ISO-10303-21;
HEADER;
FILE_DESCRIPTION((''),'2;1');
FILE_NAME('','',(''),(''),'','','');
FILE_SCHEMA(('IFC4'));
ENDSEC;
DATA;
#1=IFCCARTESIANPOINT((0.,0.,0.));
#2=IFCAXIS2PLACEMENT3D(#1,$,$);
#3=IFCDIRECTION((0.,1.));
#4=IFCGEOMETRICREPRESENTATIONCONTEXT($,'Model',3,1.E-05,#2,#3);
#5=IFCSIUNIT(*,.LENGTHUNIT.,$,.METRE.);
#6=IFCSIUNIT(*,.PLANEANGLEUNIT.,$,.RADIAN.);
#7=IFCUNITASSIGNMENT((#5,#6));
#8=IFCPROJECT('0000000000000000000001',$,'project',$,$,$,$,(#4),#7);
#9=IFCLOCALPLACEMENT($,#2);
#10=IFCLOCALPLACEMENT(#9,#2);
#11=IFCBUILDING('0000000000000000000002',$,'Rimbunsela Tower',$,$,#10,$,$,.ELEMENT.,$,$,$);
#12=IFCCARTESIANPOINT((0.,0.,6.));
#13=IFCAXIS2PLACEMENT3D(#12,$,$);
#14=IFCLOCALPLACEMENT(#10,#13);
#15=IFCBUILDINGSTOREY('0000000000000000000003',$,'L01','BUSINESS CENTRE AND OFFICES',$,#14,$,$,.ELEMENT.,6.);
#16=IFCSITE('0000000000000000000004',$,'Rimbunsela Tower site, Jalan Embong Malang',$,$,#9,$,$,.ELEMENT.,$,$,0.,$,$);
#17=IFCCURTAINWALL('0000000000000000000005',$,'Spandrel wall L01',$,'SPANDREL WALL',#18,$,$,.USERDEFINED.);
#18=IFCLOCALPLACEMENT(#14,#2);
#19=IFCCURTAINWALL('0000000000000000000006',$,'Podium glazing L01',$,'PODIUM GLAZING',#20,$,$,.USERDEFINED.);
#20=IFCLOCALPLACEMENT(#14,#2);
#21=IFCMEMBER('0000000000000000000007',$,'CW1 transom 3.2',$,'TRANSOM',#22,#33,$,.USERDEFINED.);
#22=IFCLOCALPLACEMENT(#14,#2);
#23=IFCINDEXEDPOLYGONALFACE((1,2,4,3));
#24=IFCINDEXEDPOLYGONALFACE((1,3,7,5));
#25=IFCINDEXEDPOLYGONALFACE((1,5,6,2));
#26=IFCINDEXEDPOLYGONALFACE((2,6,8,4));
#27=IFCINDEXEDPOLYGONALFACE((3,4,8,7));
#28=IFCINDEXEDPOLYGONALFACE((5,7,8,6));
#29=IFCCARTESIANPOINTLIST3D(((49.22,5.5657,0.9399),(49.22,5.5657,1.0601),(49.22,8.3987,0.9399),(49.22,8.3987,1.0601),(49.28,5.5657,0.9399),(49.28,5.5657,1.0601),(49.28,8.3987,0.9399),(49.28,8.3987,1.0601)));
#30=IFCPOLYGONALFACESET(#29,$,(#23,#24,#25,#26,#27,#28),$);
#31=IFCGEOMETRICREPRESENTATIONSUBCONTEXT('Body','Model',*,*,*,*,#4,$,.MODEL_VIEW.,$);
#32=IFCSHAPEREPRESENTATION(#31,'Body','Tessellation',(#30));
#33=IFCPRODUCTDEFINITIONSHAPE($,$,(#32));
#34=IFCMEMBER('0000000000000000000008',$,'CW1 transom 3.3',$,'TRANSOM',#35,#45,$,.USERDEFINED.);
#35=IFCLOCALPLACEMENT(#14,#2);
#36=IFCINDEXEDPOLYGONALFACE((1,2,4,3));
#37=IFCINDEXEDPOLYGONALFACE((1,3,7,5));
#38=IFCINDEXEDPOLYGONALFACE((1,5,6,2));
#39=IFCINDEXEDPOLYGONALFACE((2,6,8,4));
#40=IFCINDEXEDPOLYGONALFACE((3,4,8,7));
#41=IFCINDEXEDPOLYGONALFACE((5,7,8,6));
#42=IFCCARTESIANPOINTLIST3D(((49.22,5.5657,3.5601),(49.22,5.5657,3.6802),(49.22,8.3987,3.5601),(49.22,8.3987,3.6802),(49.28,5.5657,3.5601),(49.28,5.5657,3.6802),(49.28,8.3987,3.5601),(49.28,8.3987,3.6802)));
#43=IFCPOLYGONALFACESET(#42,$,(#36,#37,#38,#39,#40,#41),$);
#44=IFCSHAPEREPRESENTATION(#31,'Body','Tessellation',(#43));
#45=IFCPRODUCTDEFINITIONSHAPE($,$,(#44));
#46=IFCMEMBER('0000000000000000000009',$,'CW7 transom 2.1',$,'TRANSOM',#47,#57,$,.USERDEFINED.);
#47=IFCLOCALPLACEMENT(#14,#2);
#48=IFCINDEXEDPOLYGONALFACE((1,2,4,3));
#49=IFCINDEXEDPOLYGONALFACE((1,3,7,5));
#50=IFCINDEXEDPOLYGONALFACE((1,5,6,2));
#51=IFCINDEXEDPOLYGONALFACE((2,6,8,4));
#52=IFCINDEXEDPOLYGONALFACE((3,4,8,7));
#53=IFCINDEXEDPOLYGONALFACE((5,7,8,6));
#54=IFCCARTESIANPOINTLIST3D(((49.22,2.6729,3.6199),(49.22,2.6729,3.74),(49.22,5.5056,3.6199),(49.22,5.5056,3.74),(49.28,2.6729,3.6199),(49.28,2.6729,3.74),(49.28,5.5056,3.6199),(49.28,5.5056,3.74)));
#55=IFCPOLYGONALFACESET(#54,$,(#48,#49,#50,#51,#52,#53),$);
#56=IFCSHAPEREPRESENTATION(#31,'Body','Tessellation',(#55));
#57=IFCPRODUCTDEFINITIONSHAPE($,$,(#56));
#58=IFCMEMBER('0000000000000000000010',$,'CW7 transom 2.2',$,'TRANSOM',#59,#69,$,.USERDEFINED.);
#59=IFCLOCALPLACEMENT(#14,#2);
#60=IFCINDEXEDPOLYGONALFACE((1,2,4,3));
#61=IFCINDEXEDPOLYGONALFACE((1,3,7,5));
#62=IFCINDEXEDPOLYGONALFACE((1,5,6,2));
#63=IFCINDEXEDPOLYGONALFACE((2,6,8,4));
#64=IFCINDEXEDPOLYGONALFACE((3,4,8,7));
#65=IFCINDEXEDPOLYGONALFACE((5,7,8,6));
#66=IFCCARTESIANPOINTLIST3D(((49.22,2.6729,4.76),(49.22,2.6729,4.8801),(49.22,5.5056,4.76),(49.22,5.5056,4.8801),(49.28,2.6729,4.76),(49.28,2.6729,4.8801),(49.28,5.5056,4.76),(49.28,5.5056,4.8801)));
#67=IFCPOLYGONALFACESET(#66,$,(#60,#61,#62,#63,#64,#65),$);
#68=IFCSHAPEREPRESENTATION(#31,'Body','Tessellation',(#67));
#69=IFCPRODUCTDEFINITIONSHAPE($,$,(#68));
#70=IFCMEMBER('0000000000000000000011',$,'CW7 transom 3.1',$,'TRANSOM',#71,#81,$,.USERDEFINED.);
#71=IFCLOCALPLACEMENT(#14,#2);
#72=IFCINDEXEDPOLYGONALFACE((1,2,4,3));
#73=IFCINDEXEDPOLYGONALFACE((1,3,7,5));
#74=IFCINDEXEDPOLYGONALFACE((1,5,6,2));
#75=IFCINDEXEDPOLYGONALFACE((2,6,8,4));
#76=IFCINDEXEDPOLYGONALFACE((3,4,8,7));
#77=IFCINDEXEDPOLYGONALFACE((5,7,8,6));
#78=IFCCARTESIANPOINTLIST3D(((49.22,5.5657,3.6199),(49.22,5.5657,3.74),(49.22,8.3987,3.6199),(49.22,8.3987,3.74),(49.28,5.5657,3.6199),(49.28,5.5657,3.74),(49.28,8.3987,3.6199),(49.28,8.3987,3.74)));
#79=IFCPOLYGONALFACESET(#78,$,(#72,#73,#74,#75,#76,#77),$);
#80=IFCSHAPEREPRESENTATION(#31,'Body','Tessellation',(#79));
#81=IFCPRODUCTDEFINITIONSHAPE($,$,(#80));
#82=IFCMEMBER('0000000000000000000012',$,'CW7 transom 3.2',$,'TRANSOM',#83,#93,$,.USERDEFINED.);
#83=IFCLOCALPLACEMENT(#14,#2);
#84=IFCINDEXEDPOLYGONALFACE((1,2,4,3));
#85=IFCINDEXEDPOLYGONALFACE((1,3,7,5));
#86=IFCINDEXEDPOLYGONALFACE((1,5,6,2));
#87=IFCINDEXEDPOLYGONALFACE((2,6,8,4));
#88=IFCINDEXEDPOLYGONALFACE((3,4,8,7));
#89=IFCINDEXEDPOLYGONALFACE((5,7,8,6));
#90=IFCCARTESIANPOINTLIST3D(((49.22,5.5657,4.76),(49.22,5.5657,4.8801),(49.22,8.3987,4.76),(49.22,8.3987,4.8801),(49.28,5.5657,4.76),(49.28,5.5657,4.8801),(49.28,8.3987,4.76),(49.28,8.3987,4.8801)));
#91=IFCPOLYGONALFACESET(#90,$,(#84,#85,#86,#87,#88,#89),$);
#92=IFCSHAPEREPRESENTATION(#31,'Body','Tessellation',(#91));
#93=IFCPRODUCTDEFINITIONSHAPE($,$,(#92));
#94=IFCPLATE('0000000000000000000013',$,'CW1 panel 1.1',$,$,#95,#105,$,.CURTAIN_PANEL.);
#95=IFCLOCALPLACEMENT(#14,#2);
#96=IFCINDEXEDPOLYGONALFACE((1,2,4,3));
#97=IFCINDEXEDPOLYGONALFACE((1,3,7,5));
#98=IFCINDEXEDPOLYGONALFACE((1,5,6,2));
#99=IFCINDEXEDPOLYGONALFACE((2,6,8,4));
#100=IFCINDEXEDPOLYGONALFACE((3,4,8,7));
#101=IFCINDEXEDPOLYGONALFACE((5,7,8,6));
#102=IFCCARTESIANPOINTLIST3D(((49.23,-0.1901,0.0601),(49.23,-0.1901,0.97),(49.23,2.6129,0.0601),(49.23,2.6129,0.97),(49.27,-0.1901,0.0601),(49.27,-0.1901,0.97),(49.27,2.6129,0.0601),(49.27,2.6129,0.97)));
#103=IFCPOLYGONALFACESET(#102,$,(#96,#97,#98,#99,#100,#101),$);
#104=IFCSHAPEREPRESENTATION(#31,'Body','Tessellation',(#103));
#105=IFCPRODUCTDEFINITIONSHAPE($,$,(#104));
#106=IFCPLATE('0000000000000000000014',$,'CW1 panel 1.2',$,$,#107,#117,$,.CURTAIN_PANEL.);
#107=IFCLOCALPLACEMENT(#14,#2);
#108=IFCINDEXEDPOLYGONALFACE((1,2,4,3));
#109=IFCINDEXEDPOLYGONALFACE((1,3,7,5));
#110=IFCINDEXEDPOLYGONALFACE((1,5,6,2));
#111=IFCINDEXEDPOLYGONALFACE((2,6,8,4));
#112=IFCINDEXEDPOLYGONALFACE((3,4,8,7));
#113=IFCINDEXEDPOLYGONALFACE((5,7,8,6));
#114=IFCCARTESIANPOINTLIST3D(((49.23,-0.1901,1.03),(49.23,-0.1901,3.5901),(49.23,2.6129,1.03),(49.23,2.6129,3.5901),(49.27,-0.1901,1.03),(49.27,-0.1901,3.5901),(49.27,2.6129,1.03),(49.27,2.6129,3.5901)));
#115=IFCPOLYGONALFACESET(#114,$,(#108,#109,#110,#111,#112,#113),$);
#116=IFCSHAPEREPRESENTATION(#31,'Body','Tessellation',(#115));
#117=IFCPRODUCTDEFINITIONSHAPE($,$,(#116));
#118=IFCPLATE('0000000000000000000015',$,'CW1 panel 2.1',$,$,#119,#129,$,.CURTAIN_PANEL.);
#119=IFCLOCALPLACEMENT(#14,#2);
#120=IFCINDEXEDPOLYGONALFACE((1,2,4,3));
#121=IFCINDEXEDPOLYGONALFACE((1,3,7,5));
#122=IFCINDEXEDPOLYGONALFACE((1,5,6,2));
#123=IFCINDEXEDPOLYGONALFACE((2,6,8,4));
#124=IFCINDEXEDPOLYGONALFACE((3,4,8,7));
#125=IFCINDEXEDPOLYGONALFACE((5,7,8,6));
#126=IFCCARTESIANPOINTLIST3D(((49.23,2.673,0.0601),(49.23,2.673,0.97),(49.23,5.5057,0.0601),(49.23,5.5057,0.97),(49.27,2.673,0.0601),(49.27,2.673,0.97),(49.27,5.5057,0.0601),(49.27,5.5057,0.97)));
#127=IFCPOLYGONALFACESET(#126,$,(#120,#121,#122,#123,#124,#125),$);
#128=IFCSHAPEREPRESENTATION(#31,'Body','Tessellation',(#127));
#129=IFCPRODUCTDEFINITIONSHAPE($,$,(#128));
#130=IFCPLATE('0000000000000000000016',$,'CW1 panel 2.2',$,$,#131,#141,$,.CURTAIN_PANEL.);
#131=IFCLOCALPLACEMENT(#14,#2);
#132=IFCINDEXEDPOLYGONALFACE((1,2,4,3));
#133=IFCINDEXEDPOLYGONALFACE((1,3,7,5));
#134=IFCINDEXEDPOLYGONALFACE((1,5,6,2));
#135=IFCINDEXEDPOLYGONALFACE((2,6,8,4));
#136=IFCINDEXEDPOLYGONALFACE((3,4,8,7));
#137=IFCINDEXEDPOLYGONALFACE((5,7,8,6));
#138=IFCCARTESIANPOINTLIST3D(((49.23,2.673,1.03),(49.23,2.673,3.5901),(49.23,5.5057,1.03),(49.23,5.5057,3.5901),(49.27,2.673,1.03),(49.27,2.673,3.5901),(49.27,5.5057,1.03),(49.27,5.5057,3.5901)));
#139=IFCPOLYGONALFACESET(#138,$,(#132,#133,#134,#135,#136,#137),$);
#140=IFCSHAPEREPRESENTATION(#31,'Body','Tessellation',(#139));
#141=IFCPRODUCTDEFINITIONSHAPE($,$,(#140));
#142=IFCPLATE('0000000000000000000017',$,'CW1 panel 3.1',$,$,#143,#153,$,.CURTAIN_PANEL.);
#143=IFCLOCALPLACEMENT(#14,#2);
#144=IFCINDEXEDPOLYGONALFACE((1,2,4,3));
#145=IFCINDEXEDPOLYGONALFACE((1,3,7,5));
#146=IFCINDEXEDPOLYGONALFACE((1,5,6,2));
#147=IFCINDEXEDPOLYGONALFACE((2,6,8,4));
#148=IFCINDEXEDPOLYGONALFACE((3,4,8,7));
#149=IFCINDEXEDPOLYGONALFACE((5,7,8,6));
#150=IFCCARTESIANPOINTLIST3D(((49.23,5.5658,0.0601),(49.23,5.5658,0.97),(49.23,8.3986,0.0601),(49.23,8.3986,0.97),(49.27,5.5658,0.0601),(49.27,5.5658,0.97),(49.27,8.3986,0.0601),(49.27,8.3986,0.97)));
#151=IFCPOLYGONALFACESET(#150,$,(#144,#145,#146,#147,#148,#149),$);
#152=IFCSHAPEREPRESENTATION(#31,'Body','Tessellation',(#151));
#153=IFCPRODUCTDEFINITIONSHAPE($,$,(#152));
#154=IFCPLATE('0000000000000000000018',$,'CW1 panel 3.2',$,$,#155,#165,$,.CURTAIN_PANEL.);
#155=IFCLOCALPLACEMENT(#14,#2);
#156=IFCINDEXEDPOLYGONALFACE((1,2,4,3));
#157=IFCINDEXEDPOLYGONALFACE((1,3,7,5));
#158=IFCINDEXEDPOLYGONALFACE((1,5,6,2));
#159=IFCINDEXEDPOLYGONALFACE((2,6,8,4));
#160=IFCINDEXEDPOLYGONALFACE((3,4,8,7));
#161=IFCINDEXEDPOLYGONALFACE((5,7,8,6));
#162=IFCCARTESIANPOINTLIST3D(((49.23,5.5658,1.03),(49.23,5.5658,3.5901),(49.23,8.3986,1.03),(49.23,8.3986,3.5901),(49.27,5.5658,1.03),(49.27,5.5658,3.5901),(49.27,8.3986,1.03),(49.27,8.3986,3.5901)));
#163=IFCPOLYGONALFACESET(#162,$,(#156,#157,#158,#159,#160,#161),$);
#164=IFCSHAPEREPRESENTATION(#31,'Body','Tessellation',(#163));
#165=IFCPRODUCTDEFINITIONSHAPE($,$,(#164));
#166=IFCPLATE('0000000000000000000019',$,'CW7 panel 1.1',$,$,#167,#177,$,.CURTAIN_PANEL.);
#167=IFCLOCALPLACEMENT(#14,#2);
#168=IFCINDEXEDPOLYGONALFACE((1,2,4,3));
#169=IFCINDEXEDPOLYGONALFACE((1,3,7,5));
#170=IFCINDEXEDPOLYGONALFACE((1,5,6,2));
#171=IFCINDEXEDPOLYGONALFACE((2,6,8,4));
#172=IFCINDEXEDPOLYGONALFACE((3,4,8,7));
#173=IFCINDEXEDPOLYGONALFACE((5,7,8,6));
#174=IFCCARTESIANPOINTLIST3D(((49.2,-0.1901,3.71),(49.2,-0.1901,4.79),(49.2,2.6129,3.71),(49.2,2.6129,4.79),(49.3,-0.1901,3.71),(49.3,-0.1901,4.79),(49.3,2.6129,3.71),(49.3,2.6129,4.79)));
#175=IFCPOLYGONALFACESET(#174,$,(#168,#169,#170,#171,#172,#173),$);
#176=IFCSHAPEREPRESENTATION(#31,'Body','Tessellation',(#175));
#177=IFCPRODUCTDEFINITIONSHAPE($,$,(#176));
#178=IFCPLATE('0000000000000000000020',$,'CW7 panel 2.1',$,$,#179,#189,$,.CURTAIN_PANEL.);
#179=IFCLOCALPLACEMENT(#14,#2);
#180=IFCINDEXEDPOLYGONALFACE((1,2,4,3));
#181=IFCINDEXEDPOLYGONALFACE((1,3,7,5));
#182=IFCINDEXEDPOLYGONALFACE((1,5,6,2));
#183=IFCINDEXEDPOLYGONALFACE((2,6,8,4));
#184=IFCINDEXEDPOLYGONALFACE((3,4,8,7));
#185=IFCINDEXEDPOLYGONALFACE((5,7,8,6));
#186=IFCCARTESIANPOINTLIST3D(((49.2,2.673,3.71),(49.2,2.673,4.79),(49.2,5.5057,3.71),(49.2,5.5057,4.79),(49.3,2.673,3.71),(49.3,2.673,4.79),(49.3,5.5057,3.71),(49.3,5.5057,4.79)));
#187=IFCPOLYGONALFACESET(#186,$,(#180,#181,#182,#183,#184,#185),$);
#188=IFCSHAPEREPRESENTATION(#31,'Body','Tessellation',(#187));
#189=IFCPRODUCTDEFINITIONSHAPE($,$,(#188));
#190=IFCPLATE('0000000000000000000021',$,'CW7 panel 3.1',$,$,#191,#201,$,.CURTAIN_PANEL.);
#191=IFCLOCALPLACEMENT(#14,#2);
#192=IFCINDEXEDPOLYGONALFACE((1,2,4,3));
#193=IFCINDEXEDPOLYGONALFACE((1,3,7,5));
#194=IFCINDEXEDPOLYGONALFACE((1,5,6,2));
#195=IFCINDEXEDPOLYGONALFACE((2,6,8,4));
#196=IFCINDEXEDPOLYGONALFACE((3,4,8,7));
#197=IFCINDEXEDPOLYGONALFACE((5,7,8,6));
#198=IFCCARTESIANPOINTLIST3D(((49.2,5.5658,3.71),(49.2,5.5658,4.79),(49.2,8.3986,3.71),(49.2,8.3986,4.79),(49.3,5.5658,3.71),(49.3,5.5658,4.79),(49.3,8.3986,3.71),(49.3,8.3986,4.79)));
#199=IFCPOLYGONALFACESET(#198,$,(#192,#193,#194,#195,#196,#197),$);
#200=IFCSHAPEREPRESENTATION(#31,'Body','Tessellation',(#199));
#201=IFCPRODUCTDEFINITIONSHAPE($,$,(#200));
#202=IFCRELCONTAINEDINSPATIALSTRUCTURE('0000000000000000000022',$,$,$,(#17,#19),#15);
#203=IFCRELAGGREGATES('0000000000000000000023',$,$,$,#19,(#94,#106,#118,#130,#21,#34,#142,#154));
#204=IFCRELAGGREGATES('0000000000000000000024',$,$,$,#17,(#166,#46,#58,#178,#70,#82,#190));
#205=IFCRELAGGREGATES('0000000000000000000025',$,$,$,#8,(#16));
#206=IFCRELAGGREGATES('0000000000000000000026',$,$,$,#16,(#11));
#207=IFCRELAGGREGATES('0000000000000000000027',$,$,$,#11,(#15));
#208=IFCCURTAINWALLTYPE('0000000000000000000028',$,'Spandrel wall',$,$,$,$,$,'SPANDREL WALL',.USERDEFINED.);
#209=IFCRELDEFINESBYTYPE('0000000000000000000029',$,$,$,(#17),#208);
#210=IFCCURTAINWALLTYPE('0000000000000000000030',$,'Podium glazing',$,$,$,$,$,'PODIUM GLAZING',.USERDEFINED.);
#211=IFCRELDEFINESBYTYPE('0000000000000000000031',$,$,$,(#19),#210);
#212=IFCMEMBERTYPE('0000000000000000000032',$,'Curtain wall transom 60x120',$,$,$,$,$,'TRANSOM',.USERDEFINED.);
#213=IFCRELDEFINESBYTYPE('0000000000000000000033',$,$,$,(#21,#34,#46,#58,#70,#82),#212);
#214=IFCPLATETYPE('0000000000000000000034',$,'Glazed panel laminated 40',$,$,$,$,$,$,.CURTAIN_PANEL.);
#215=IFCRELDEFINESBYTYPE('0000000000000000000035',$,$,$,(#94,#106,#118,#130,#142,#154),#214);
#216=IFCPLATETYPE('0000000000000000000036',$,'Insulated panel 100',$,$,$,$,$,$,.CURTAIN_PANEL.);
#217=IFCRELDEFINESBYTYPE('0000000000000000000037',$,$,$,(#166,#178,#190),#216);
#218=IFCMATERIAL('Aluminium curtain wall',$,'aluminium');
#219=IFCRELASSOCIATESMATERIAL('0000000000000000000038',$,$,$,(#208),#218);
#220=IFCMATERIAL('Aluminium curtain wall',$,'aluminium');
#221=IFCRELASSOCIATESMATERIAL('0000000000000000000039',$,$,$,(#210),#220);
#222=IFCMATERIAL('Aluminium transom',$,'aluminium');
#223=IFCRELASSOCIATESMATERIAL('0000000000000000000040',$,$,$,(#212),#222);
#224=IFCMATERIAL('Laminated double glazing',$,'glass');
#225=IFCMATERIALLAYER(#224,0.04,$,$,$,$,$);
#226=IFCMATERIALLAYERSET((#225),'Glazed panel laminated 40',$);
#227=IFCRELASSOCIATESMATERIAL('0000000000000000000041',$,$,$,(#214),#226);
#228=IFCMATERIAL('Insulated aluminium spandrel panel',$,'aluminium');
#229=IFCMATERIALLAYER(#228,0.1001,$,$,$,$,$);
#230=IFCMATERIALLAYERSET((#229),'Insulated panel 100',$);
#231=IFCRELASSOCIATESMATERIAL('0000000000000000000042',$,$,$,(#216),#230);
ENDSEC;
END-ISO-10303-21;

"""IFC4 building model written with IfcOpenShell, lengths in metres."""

from ifc_helpers import new_model, si_unit, direction, frame, origin, origin_2d, place, context, subcontext, project, spatial, rectangle, extrude, material, layer, layer_set, material_profile, profile_set, type_object, element, aggregate, save


model = new_model("IFC4")

# Units and contexts
model_context = context("Model", 3, precision=1e-05, world=origin(), true_north=direction((0.0, 1.0)))
body_context = subcontext(model_context, "Body", "Model", "MODEL_VIEW")
ifc_project = project(units=[si_unit("LENGTHUNIT", "METRE"), si_unit("PLANEANGLEUNIT", "RADIAN")], contexts=[model_context])

# Site, building, storey
site_placement = place(None, origin())
site = spatial("IfcSite", under=ifc_project, at=site_placement, Name="Rimbunsela Tower site, Jalan Embong Malang", CompositionType="ELEMENT", RefElevation=0.0)
building_placement = place(site_placement, origin())
building = spatial("IfcBuilding", under=site, at=building_placement, Name="Rimbunsela Tower", CompositionType="ELEMENT")
storey_placement = place(building_placement, frame((0.0, 0.0, 6.0)))
storey = spatial("IfcBuildingStorey", under=building, at=storey_placement, Name="L01", Description="BUSINESS CENTRE AND OFFICES", CompositionType="ELEMENT", Elevation=6.0)

# Curtain walls, members
ifc_material_1 = material(Name="Aluminium curtain wall", Category="aluminium")
curtain_wall_type_1 = type_object("IfcCurtainWallType", Name="Spandrel wall", ElementType="SPANDREL WALL", PredefinedType="USERDEFINED", material=ifc_material_1)
curtain_wall_1_placement = place(storey_placement, origin())
curtain_wall_1 = element("IfcCurtainWall", 1, at=curtain_wall_1_placement, inside=storey, type_object=curtain_wall_type_1, Name="Spandrel wall L01", ObjectType="SPANDREL WALL", PredefinedType="USERDEFINED")
ifc_material_2 = material(Name="Aluminium curtain wall", Category="aluminium")
curtain_wall_type_2 = type_object("IfcCurtainWallType", Name="Podium glazing", ElementType="PODIUM GLAZING", PredefinedType="USERDEFINED", material=ifc_material_2)
curtain_wall_2_placement = place(storey_placement, origin())
curtain_wall_2 = element("IfcCurtainWall", 2, at=curtain_wall_2_placement, inside=storey, type_object=curtain_wall_type_2, Name="Podium glazing L01", ObjectType="PODIUM GLAZING", PredefinedType="USERDEFINED")
ifc_material_3 = material(Name="Aluminium transom", Category="aluminium")
ifc_material_profile_1 = material_profile(ifc_material_3, rectangle(XDim=0.0601, YDim=0.1201, at=origin_2d()), Name="Transom 60x120")
ifc_profile_set_1 = profile_set([ifc_material_profile_1], Name="Aluminium transom")
member_type_1 = type_object("IfcMemberType", Name="Curtain wall transom 60x120", ElementType="TRANSOM", PredefinedType="USERDEFINED", material=ifc_profile_set_1)
member_1_placement = place(storey_placement, frame((49.25, 5.5657, 1.0), z_axis=(0.0, 1.0, 0.0), x_axis=(-1.0, 0.0, 0.0)))
member_1 = element("IfcMember", 3, at=member_1_placement, type_object=member_type_1, Name="CW1 transom 3.2", ObjectType="TRANSOM", PredefinedType="USERDEFINED", context=body_context, shape_type="SweptSolid", body=[
    extrude(rectangle(XDim=0.0601, YDim=0.1201, at=origin_2d()), origin(), (0.0, 0.0, 1.0), 2.833),
])
member_2_placement = place(storey_placement, frame((49.25, 5.5657, 3.6201), z_axis=(0.0, 1.0, 0.0), x_axis=(-1.0, 0.0, 0.0)))
member_2 = element("IfcMember", 4, at=member_2_placement, type_object=member_type_1, Name="CW1 transom 3.3", ObjectType="TRANSOM", PredefinedType="USERDEFINED", context=body_context, shape_type="SweptSolid", body=[
    extrude(rectangle(XDim=0.0601, YDim=0.1201, at=origin_2d()), origin(), (0.0, 0.0, 1.0), 2.833),
])

# Members
member_3_placement = place(storey_placement, frame((49.25, 2.6729, 3.6799), z_axis=(0.0, 1.0, 0.0), x_axis=(-1.0, 0.0, 0.0)))
member_3 = element("IfcMember", 5, at=member_3_placement, type_object=member_type_1, Name="CW7 transom 2.1", ObjectType="TRANSOM", PredefinedType="USERDEFINED", context=body_context, shape_type="SweptSolid", body=[
    extrude(rectangle(XDim=0.0601, YDim=0.1201, at=origin_2d()), origin(), (0.0, 0.0, 1.0), 2.8328),
])
member_4_placement = place(storey_placement, frame((49.25, 2.6729, 4.8201), z_axis=(0.0, 1.0, 0.0), x_axis=(-1.0, 0.0, 0.0)))
member_4 = element("IfcMember", 6, at=member_4_placement, type_object=member_type_1, Name="CW7 transom 2.2", ObjectType="TRANSOM", PredefinedType="USERDEFINED", context=body_context, shape_type="SweptSolid", body=[
    extrude(rectangle(XDim=0.0601, YDim=0.1201, at=origin_2d()), origin(), (0.0, 0.0, 1.0), 2.8328),
])
member_5_placement = place(storey_placement, frame((49.25, 5.5657, 3.6799), z_axis=(0.0, 1.0, 0.0), x_axis=(-1.0, 0.0, 0.0)))
member_5 = element("IfcMember", 7, at=member_5_placement, type_object=member_type_1, Name="CW7 transom 3.1", ObjectType="TRANSOM", PredefinedType="USERDEFINED", context=body_context, shape_type="SweptSolid", body=[
    extrude(rectangle(XDim=0.0601, YDim=0.1201, at=origin_2d()), origin(), (0.0, 0.0, 1.0), 2.833),
])
member_6_placement = place(storey_placement, frame((49.25, 5.5657, 4.8201), z_axis=(0.0, 1.0, 0.0), x_axis=(-1.0, 0.0, 0.0)))
member_6 = element("IfcMember", 8, at=member_6_placement, type_object=member_type_1, Name="CW7 transom 3.2", ObjectType="TRANSOM", PredefinedType="USERDEFINED", context=body_context, shape_type="SweptSolid", body=[
    extrude(rectangle(XDim=0.0601, YDim=0.1201, at=origin_2d()), origin(), (0.0, 0.0, 1.0), 2.833),
])

# Plates
ifc_material_4 = material(Name="Laminated double glazing", Category="glass")
ifc_layer_1 = layer(ifc_material_4, 0.04)
ifc_layer_set_1 = layer_set([ifc_layer_1], Name="Glazed panel laminated 40")
plate_type_1 = type_object("IfcPlateType", Name="Glazed panel laminated 40", PredefinedType="CURTAIN_PANEL", material=ifc_layer_set_1)
plate_1_placement = place(storey_placement, frame((49.25, 1.2114, 0.0601), z_axis=(0.0, 0.0, 1.0), x_axis=(0.0, 1.0, 0.0)))
plate_1 = element("IfcPlate", 9, at=plate_1_placement, type_object=plate_type_1, Name="CW1 panel 1.1", PredefinedType="CURTAIN_PANEL", context=body_context, shape_type="SweptSolid", body=[
    extrude(rectangle(XDim=2.803, YDim=0.04, at=origin_2d()), origin(), (0.0, 0.0, 1.0), 0.9099),
])
plate_2_placement = place(storey_placement, frame((49.25, 1.2114, 1.03), z_axis=(0.0, 0.0, 1.0), x_axis=(0.0, 1.0, 0.0)))
plate_2 = element("IfcPlate", 10, at=plate_2_placement, type_object=plate_type_1, Name="CW1 panel 1.2", PredefinedType="CURTAIN_PANEL", context=body_context, shape_type="SweptSolid", body=[
    extrude(rectangle(XDim=2.803, YDim=0.04, at=origin_2d()), origin(), (0.0, 0.0, 1.0), 2.5601),
])
plate_3_placement = place(storey_placement, frame((49.25, 4.0894, 0.0601), z_axis=(0.0, 0.0, 1.0), x_axis=(0.0, 1.0, 0.0)))
plate_3 = element("IfcPlate", 11, at=plate_3_placement, type_object=plate_type_1, Name="CW1 panel 2.1", PredefinedType="CURTAIN_PANEL", context=body_context, shape_type="SweptSolid", body=[
    extrude(rectangle(XDim=2.8328, YDim=0.04, at=origin_2d()), origin(), (0.0, 0.0, 1.0), 0.9099),
])
plate_4_placement = place(storey_placement, frame((49.25, 4.0894, 1.03), z_axis=(0.0, 0.0, 1.0), x_axis=(0.0, 1.0, 0.0)))
plate_4 = element("IfcPlate", 12, at=plate_4_placement, type_object=plate_type_1, Name="CW1 panel 2.2", PredefinedType="CURTAIN_PANEL", context=body_context, shape_type="SweptSolid", body=[
    extrude(rectangle(XDim=2.8328, YDim=0.04, at=origin_2d()), origin(), (0.0, 0.0, 1.0), 2.5601),
])
plate_5_placement = place(storey_placement, frame((49.25, 6.9822, 0.0601), z_axis=(0.0, 0.0, 1.0), x_axis=(0.0, 1.0, 0.0)))
plate_5 = element("IfcPlate", 13, at=plate_5_placement, type_object=plate_type_1, Name="CW1 panel 3.1", PredefinedType="CURTAIN_PANEL", context=body_context, shape_type="SweptSolid", body=[
    extrude(rectangle(XDim=2.8328, YDim=0.04, at=origin_2d()), origin(), (0.0, 0.0, 1.0), 0.9099),
])
plate_6_placement = place(storey_placement, frame((49.25, 6.9822, 1.03), z_axis=(0.0, 0.0, 1.0), x_axis=(0.0, 1.0, 0.0)))
plate_6 = element("IfcPlate", 14, at=plate_6_placement, type_object=plate_type_1, Name="CW1 panel 3.2", PredefinedType="CURTAIN_PANEL", context=body_context, shape_type="SweptSolid", body=[
    extrude(rectangle(XDim=2.8328, YDim=0.04, at=origin_2d()), origin(), (0.0, 0.0, 1.0), 2.5601),
])
aggregate(curtain_wall_2, [plate_1, plate_2, plate_3, plate_4, member_1, member_2, plate_5, plate_6])
ifc_material_5 = material(Name="Insulated aluminium spandrel panel", Category="aluminium")
ifc_layer_2 = layer(ifc_material_5, 0.1001)
ifc_layer_set_2 = layer_set([ifc_layer_2], Name="Insulated panel 100")
plate_type_2 = type_object("IfcPlateType", Name="Insulated panel 100", PredefinedType="CURTAIN_PANEL", material=ifc_layer_set_2)
plate_7_placement = place(storey_placement, frame((49.25, 1.2114, 3.71), z_axis=(0.0, 0.0, 1.0), x_axis=(0.0, 1.0, 0.0)))
plate_7 = element("IfcPlate", 15, at=plate_7_placement, type_object=plate_type_2, Name="CW7 panel 1.1", PredefinedType="CURTAIN_PANEL", context=body_context, shape_type="SweptSolid", body=[
    extrude(rectangle(XDim=2.803, YDim=0.1001, at=origin_2d()), origin(), (0.0, 0.0, 1.0), 1.0801),
])
plate_8_placement = place(storey_placement, frame((49.25, 4.0894, 3.71), z_axis=(0.0, 0.0, 1.0), x_axis=(0.0, 1.0, 0.0)))
plate_8 = element("IfcPlate", 16, at=plate_8_placement, type_object=plate_type_2, Name="CW7 panel 2.1", PredefinedType="CURTAIN_PANEL", context=body_context, shape_type="SweptSolid", body=[
    extrude(rectangle(XDim=2.8328, YDim=0.1001, at=origin_2d()), origin(), (0.0, 0.0, 1.0), 1.0801),
])
plate_9_placement = place(storey_placement, frame((49.25, 6.9822, 3.71), z_axis=(0.0, 0.0, 1.0), x_axis=(0.0, 1.0, 0.0)))
plate_9 = element("IfcPlate", 17, at=plate_9_placement, type_object=plate_type_2, Name="CW7 panel 3.1", PredefinedType="CURTAIN_PANEL", context=body_context, shape_type="SweptSolid", body=[
    extrude(rectangle(XDim=2.8328, YDim=0.1001, at=origin_2d()), origin(), (0.0, 0.0, 1.0), 1.0801),
])
aggregate(curtain_wall_1, [plate_7, member_3, member_4, plate_8, member_5, member_6, plate_9])

save(model, "model.ifc")
